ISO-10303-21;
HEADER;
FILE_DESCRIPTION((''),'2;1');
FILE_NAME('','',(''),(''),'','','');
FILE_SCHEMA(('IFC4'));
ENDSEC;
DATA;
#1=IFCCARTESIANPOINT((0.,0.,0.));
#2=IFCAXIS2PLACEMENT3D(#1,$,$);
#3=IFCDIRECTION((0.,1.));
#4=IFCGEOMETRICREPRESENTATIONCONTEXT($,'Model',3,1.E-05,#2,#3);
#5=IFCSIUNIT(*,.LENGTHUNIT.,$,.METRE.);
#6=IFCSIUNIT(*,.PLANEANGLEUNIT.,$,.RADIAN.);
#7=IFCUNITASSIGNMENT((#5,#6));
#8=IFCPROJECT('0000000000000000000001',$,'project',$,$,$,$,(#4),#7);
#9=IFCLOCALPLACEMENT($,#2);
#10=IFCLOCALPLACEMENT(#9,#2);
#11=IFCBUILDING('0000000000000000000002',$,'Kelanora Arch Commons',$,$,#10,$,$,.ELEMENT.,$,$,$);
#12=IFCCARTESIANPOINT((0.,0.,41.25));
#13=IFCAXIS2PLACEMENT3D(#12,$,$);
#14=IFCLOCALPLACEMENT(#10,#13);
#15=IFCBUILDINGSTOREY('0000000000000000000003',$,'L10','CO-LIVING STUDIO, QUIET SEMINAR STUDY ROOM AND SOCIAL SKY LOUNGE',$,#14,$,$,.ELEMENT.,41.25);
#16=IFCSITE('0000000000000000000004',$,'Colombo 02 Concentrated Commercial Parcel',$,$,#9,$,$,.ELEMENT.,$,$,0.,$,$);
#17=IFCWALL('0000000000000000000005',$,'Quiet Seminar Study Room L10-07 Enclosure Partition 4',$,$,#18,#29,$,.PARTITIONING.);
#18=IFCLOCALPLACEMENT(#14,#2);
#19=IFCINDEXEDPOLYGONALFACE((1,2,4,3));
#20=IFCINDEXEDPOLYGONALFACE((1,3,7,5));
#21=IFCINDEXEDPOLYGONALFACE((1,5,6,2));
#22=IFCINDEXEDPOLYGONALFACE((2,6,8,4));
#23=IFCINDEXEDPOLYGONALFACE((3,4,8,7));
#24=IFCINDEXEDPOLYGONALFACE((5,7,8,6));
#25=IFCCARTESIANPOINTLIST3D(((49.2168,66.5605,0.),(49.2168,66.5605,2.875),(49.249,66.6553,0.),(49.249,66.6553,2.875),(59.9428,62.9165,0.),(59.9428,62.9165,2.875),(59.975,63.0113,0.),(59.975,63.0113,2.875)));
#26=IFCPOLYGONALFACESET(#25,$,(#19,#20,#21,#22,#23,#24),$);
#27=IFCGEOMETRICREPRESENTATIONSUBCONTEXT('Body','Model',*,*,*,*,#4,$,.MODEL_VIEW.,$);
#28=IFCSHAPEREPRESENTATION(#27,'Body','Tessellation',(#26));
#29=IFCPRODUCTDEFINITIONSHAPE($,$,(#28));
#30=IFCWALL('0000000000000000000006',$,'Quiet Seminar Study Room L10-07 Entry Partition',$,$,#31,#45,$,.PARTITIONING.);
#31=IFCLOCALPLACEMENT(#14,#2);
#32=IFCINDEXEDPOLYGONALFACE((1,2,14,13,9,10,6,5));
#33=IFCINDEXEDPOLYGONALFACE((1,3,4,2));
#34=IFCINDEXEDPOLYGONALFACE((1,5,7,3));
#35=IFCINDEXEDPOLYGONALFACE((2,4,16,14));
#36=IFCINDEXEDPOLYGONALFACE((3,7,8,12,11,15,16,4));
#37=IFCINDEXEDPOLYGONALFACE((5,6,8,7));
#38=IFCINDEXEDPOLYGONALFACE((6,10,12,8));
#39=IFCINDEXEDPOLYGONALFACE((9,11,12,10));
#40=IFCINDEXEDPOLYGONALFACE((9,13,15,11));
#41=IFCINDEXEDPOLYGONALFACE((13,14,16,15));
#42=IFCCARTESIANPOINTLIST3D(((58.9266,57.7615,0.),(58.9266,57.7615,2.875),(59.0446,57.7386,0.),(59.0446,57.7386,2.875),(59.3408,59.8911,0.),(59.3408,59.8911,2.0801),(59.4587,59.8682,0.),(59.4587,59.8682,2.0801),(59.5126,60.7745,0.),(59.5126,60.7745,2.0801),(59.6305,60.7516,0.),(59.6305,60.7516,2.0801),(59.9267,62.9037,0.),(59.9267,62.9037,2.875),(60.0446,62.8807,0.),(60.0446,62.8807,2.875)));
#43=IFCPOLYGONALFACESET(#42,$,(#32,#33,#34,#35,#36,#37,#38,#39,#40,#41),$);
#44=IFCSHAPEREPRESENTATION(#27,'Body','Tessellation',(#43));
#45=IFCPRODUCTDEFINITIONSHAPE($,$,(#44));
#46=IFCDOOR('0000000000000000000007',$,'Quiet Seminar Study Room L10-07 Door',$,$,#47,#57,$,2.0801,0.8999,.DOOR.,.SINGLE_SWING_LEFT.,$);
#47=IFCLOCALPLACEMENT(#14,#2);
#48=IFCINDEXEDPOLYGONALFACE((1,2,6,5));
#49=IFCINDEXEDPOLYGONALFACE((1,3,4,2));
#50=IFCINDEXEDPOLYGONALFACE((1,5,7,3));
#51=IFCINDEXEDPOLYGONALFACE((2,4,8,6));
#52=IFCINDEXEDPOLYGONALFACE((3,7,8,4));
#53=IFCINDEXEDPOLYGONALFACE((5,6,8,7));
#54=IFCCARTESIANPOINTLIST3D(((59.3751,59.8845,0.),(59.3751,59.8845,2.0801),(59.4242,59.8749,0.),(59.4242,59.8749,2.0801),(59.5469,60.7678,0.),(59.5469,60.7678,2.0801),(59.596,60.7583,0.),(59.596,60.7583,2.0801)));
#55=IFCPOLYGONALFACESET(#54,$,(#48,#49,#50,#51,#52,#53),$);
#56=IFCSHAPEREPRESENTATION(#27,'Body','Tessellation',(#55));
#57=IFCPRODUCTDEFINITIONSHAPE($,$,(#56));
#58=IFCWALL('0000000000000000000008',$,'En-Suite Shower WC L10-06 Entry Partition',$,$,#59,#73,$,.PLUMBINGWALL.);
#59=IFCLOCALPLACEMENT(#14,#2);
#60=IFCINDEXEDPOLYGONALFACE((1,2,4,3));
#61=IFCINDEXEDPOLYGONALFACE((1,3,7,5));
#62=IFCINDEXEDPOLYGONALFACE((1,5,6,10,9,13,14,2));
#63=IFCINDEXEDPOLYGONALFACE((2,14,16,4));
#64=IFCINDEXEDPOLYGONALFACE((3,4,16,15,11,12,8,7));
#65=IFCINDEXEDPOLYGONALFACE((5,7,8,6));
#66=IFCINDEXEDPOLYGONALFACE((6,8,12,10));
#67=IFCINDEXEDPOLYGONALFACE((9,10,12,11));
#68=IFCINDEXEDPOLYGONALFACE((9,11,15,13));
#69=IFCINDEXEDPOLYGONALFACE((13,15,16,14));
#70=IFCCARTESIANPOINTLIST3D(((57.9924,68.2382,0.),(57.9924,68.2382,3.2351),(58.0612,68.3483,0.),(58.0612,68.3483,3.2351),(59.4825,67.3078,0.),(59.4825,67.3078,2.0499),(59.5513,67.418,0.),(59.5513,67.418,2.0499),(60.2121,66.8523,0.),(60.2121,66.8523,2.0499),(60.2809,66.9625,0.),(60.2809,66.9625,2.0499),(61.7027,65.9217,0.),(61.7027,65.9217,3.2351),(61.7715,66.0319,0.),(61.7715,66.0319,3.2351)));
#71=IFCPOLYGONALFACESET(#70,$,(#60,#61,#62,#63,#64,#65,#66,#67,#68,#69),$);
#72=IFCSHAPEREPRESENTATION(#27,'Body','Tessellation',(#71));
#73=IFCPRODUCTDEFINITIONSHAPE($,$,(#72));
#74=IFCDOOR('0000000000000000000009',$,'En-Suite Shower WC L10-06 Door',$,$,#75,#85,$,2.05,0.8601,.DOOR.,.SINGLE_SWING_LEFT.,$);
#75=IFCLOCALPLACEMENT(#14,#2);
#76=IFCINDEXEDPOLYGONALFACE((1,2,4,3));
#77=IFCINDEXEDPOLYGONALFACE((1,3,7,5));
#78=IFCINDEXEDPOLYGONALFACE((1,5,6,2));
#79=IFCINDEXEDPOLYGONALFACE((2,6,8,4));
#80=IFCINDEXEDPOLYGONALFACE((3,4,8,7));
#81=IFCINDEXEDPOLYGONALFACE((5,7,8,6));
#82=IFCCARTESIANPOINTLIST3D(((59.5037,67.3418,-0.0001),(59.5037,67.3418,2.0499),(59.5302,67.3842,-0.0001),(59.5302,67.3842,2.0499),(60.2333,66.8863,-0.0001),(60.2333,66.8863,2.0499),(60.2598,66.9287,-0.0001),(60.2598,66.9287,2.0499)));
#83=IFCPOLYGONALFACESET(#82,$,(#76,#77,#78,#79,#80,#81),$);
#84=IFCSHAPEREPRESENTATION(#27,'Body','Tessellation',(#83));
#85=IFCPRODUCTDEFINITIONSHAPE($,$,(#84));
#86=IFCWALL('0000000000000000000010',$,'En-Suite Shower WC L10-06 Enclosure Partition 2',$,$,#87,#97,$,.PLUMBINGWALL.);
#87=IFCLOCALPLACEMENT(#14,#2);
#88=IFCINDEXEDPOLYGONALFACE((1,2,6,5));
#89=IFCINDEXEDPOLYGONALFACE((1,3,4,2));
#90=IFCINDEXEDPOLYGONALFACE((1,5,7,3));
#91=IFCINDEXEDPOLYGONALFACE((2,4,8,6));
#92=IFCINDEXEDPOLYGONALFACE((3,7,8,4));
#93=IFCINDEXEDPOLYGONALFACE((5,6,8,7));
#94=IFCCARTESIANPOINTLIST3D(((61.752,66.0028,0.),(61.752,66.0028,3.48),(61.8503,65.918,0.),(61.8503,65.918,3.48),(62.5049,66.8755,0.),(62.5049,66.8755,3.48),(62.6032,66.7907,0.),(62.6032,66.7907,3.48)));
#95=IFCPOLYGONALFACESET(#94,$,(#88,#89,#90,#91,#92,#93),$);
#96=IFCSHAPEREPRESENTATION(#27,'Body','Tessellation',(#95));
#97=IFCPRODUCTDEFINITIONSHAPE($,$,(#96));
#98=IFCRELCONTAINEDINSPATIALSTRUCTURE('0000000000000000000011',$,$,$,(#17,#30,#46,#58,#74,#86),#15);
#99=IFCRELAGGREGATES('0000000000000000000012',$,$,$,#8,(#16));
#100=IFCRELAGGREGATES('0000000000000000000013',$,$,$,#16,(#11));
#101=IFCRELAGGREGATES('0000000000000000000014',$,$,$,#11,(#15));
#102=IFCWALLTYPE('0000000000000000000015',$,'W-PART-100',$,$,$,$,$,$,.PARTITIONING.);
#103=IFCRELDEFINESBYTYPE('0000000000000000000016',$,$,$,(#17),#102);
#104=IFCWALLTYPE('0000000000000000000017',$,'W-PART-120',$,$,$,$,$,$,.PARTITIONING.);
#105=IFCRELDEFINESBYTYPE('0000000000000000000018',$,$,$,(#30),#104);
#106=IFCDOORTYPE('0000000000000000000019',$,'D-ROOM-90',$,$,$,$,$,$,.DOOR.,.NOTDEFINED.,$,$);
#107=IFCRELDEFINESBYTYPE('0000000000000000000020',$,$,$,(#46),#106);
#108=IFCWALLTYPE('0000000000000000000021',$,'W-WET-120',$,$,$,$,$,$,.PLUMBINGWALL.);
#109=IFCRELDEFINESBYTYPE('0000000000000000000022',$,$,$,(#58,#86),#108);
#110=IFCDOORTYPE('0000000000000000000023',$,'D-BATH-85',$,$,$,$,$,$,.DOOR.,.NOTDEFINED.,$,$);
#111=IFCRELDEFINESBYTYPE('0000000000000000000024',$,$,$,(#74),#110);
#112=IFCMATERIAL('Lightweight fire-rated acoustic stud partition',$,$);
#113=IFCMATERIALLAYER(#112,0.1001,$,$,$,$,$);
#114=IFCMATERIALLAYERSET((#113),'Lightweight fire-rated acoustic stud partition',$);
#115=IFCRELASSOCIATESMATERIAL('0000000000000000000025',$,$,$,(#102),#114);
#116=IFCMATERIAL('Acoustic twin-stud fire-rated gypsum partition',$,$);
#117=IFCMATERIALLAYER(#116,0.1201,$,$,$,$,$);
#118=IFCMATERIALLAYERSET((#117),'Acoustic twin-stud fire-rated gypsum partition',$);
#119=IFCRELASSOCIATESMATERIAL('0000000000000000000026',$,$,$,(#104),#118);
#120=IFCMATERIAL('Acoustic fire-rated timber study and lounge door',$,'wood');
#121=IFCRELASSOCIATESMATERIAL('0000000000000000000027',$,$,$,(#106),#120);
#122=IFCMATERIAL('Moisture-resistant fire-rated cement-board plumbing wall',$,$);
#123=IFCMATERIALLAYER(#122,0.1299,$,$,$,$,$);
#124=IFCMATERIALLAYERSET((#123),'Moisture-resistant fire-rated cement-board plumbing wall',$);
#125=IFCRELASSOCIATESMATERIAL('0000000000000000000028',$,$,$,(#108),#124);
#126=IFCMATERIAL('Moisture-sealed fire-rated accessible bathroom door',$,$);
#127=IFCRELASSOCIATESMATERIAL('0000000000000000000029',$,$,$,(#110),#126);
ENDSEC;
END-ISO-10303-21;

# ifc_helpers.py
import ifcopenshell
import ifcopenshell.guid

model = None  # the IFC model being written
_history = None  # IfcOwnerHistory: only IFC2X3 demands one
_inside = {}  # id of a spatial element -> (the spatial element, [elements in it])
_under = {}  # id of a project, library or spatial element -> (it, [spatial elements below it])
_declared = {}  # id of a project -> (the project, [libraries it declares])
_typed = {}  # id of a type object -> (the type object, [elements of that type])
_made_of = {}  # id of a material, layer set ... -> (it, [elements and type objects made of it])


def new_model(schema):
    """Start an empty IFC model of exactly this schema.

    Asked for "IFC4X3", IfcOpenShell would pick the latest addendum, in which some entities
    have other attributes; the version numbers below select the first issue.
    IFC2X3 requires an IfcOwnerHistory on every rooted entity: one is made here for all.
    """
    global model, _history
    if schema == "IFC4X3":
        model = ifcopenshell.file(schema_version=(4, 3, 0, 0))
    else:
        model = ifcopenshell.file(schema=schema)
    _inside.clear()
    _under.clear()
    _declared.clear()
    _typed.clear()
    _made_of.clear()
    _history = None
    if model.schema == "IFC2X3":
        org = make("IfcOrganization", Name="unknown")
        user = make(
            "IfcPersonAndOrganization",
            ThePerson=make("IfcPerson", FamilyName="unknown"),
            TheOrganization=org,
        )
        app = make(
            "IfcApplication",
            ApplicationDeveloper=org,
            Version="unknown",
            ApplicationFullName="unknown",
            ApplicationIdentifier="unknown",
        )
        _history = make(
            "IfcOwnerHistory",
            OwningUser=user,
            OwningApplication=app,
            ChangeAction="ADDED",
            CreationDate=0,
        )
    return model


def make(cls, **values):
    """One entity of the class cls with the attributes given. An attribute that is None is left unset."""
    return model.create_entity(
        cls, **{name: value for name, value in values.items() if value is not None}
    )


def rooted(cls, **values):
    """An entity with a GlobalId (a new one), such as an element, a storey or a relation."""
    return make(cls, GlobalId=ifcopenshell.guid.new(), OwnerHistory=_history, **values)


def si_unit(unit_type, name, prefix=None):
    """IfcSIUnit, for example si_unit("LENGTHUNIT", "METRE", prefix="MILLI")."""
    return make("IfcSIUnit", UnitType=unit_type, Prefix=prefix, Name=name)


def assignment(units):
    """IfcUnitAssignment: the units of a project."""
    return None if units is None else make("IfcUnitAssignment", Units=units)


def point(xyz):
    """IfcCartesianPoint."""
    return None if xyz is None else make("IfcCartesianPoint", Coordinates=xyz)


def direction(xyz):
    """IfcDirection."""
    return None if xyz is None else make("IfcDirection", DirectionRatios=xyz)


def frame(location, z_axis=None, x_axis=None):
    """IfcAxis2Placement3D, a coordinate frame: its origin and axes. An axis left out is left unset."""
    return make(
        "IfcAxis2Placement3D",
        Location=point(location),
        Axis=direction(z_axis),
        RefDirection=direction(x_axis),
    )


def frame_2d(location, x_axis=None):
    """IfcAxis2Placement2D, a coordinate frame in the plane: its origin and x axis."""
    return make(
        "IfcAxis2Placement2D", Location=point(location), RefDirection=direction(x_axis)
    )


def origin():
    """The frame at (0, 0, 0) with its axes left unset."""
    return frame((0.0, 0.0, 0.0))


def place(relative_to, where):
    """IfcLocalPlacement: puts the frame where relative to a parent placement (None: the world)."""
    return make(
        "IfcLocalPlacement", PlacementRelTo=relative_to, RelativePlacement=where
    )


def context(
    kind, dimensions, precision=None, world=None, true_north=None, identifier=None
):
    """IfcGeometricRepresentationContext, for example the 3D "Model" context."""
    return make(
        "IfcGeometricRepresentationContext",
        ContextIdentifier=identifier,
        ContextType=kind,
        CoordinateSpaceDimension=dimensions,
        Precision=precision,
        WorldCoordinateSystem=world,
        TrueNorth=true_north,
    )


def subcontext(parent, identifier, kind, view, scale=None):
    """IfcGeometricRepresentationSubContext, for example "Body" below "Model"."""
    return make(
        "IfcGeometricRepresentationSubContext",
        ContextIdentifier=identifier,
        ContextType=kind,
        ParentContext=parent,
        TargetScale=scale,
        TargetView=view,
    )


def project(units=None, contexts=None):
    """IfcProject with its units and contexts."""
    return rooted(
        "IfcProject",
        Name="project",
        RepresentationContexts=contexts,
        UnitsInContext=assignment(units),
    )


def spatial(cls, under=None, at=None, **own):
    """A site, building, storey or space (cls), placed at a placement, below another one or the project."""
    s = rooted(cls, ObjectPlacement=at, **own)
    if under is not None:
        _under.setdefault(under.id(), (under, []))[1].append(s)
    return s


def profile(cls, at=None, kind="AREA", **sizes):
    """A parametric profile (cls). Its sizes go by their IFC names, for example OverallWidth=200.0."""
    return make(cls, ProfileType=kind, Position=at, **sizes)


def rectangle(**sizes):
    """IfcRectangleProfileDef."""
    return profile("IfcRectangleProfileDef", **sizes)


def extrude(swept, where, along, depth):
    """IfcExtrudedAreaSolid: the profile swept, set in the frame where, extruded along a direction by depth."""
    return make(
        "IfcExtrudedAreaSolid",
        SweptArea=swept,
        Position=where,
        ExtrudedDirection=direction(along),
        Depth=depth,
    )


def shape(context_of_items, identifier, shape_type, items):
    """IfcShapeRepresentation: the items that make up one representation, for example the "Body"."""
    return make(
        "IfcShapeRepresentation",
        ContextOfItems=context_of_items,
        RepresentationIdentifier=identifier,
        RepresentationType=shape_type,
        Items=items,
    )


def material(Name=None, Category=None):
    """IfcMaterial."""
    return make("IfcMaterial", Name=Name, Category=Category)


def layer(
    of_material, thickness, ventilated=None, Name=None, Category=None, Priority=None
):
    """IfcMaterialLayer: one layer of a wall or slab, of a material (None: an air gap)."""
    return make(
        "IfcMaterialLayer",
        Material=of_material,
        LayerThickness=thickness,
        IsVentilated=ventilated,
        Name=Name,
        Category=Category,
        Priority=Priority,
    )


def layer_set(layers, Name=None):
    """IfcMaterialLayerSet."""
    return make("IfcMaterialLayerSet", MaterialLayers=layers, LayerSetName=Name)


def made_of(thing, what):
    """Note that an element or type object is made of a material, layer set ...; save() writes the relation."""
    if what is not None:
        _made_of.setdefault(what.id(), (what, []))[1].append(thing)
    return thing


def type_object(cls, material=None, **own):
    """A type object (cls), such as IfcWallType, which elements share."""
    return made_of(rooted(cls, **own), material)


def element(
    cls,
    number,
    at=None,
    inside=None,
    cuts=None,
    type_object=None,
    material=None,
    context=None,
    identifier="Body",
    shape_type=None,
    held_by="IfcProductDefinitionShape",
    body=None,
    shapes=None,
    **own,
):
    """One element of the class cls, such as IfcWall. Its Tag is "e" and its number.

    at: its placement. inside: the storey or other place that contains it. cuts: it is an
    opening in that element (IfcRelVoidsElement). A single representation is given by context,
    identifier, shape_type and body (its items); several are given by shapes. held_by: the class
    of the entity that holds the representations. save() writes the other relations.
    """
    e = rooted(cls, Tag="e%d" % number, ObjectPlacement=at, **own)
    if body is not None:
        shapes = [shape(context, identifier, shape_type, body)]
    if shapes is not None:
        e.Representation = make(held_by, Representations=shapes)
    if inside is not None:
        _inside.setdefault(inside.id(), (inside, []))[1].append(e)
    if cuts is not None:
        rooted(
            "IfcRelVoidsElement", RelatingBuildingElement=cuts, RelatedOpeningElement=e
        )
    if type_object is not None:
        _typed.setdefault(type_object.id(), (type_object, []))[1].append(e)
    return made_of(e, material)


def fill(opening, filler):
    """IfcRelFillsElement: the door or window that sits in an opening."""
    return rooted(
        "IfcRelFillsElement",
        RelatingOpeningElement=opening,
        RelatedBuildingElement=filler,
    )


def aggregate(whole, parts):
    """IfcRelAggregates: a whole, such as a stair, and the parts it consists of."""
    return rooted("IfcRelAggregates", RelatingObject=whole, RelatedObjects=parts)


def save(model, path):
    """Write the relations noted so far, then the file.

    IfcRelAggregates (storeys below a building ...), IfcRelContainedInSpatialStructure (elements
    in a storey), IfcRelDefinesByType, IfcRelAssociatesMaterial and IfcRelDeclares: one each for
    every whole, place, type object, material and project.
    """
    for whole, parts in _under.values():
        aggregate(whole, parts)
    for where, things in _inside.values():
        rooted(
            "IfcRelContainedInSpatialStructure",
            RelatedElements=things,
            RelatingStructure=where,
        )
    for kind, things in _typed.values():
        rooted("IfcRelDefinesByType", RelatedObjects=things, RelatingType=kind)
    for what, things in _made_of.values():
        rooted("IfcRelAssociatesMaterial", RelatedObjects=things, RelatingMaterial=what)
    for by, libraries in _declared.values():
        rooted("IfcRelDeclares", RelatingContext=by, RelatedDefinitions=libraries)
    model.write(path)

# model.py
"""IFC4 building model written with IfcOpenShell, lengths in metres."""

from ifc_helpers import new_model, si_unit, direction, frame, frame_2d, origin, place, context, subcontext, project, spatial, rectangle, extrude, material, layer, layer_set, type_object, element, fill, save


model = new_model("IFC4")

# Units and contexts
model_context = context("Model", 3, precision=1e-05, world=origin(), true_north=direction((0.0, 1.0)))
body_context = subcontext(model_context, "Body", "Model", "MODEL_VIEW")
ifc_project = project(units=[si_unit("LENGTHUNIT", "METRE"), si_unit("PLANEANGLEUNIT", "RADIAN")], contexts=[model_context])

# Site, building, storey
site_placement = place(None, origin())
site = spatial("IfcSite", under=ifc_project, at=site_placement, Name="Colombo 02 Concentrated Commercial Parcel", CompositionType="ELEMENT", RefElevation=0.0)
building_placement = place(site_placement, origin())
building = spatial("IfcBuilding", under=site, at=building_placement, Name="Kelanora Arch Commons", CompositionType="ELEMENT")
storey_placement = place(building_placement, frame((0.0, 0.0, 41.25)))
storey = spatial("IfcBuildingStorey", under=building, at=storey_placement, Name="L10", Description="CO-LIVING STUDIO, QUIET SEMINAR STUDY ROOM AND SOCIAL SKY LOUNGE", CompositionType="ELEMENT", Elevation=41.25)

# Wall
ifc_material_1 = material(Name="Lightweight fire-rated acoustic stud partition")
ifc_layer_1 = layer(ifc_material_1, 0.1001)
ifc_layer_set_1 = layer_set([ifc_layer_1], Name="Lightweight fire-rated acoustic stud partition")
wall_type_1 = type_object("IfcWallType", Name="W-PART-100", PredefinedType="PARTITIONING", material=ifc_layer_set_1)
wall_1_placement = place(storey_placement, frame((49.2329, 66.6079, 0.0), z_axis=(0.0, 0.0, 1.0), x_axis=(0.946849, -0.321679, 0.0)))
element("IfcWall", 1, at=wall_1_placement, inside=storey, type_object=wall_type_1, Name="Quiet Seminar Study Room L10-07 Enclosure Partition 4", PredefinedType="PARTITIONING", context=body_context, shape_type="SweptSolid", body=[
    extrude(rectangle(XDim=11.3281, YDim=0.1001, at=frame_2d((5.6641, 0.0))), origin(), (0.0, 0.0, 1.0), 2.875),
])

# Walls, openings, doors
ifc_material_2 = material(Name="Acoustic twin-stud fire-rated gypsum partition")
ifc_layer_2 = layer(ifc_material_2, 0.1201)
ifc_layer_set_2 = layer_set([ifc_layer_2], Name="Acoustic twin-stud fire-rated gypsum partition")
wall_type_2 = type_object("IfcWallType", Name="W-PART-120", PredefinedType="PARTITIONING", material=ifc_layer_set_2)
wall_2_placement = place(storey_placement, frame((59.9856, 62.8921, 0.0), z_axis=(0.0, 0.0, 1.0), x_axis=(-0.190897, -0.98161, 0.0)))
wall_2 = element("IfcWall", 2, at=wall_2_placement, inside=storey, type_object=wall_type_2, Name="Quiet Seminar Study Room L10-07 Entry Partition", PredefinedType="PARTITIONING", context=body_context, shape_type="SweptSolid", body=[
    extrude(rectangle(XDim=5.2385, YDim=0.1201, at=frame_2d((2.6191, 0.0))), origin(), (0.0, 0.0, 1.0), 2.875),
])
opening_1_placement = place(wall_2_placement, frame((2.1689, 0.0, 0.0)))
opening_1 = element("IfcOpeningElement", 3, at=opening_1_placement, cuts=wall_2, PredefinedType="OPENING", context=body_context, shape_type="SweptSolid", body=[
    extrude(rectangle(XDim=0.8999, YDim=2.0801, at=frame_2d((0.45, 1.04))), frame((0.0, 0.0701, 0.0), z_axis=(0.0, -1.0, 0.0), x_axis=(1.0, 0.0, 0.0)), (0.0, 0.0, 1.0), 0.1401),
])
ifc_material_3 = material(Name="Acoustic fire-rated timber study and lounge door", Category="wood")
door_type_1 = type_object("IfcDoorType", Name="D-ROOM-90", OperationType="NOTDEFINED", PredefinedType="DOOR", material=ifc_material_3)
door_1_placement = place(opening_1_placement, origin())
door_1 = element("IfcDoor", 4, at=door_1_placement, inside=storey, type_object=door_type_1, Name="Quiet Seminar Study Room L10-07 Door", OperationType="SINGLE_SWING_LEFT", OverallHeight=2.0801, OverallWidth=0.8999, PredefinedType="DOOR", context=body_context, shape_type="SweptSolid", body=[
    extrude(rectangle(XDim=0.8999, YDim=2.0801, at=frame_2d((0.45, 1.04))), frame((0.0, 0.0249, 0.0), z_axis=(0.0, -1.0, 0.0), x_axis=(1.0, 0.0, 0.0)), (0.0, 0.0, 1.0), 0.05),
])
fill(opening_1, door_1)
ifc_material_4 = material(Name="Moisture-resistant fire-rated cement-board plumbing wall")
ifc_layer_3 = layer(ifc_material_4, 0.1299)
ifc_layer_set_3 = layer_set([ifc_layer_3], Name="Moisture-resistant fire-rated cement-board plumbing wall")
wall_type_3 = type_object("IfcWallType", Name="W-WET-120", PredefinedType="PLUMBINGWALL", material=ifc_layer_set_3)
wall_3_placement = place(storey_placement, frame((61.7371, 65.9768, 0.0), z_axis=(0.0, 0.0, 1.0), x_axis=(-0.848252, 0.529592, 0.0)))
wall_3 = element("IfcWall", 5, at=wall_3_placement, inside=storey, type_object=wall_type_3, Name="En-Suite Shower WC L10-06 Entry Partition", PredefinedType="PLUMBINGWALL", context=body_context, shape_type="SweptSolid", body=[
    extrude(rectangle(XDim=4.374, YDim=0.1299, at=frame_2d((2.187, 0.0))), origin(), (0.0, 0.0, 1.0), 3.2351),
])
opening_2_placement = place(wall_3_placement, frame((1.7571, 0.0, 0.0)))
opening_2 = element("IfcOpeningElement", 6, at=opening_2_placement, cuts=wall_3, PredefinedType="OPENING", context=body_context, shape_type="SweptSolid", body=[
    extrude(rectangle(XDim=0.8601, YDim=2.05, at=frame_2d((0.4302, 1.0249))), frame((0.0, 0.075, 0.0), z_axis=(0.0, -1.0, 0.0), x_axis=(1.0, 0.0, 0.0)), (0.0, 0.0, 1.0), 0.1499),
])
ifc_material_5 = material(Name="Moisture-sealed fire-rated accessible bathroom door")
door_type_2 = type_object("IfcDoorType", Name="D-BATH-85", OperationType="NOTDEFINED", PredefinedType="DOOR", material=ifc_material_5)
door_2_placement = place(opening_2_placement, origin())
door_2 = element("IfcDoor", 7, at=door_2_placement, inside=storey, type_object=door_type_2, Name="En-Suite Shower WC L10-06 Door", OperationType="SINGLE_SWING_LEFT", OverallHeight=2.05, OverallWidth=0.8601, PredefinedType="DOOR", context=body_context, shape_type="SweptSolid", body=[
    extrude(rectangle(XDim=0.8601, YDim=2.05, at=frame_2d((0.4302, 1.0249))), frame((0.0, 0.0249, 0.0), z_axis=(0.0, -1.0, 0.0), x_axis=(1.0, 0.0, 0.0)), (0.0, 0.0, 1.0), 0.05),
])
fill(opening_2, door_2)

# Wall
wall_4_placement = place(storey_placement, frame((62.554, 66.833, 0.0), z_axis=(0.0, 0.0, 1.0), x_axis=(-0.653195, -0.75719, 0.0)))
element("IfcWall", 8, at=wall_4_placement, inside=storey, type_object=wall_type_3, Name="En-Suite Shower WC L10-06 Enclosure Partition 2", PredefinedType="PLUMBINGWALL", context=body_context, shape_type="SweptSolid", body=[
    extrude(rectangle(XDim=1.1526, YDim=0.1299, at=frame_2d((0.5762, 0.0))), origin(), (0.0, 0.0, 1.0), 3.48),
])

save(model, "model.ifc")
